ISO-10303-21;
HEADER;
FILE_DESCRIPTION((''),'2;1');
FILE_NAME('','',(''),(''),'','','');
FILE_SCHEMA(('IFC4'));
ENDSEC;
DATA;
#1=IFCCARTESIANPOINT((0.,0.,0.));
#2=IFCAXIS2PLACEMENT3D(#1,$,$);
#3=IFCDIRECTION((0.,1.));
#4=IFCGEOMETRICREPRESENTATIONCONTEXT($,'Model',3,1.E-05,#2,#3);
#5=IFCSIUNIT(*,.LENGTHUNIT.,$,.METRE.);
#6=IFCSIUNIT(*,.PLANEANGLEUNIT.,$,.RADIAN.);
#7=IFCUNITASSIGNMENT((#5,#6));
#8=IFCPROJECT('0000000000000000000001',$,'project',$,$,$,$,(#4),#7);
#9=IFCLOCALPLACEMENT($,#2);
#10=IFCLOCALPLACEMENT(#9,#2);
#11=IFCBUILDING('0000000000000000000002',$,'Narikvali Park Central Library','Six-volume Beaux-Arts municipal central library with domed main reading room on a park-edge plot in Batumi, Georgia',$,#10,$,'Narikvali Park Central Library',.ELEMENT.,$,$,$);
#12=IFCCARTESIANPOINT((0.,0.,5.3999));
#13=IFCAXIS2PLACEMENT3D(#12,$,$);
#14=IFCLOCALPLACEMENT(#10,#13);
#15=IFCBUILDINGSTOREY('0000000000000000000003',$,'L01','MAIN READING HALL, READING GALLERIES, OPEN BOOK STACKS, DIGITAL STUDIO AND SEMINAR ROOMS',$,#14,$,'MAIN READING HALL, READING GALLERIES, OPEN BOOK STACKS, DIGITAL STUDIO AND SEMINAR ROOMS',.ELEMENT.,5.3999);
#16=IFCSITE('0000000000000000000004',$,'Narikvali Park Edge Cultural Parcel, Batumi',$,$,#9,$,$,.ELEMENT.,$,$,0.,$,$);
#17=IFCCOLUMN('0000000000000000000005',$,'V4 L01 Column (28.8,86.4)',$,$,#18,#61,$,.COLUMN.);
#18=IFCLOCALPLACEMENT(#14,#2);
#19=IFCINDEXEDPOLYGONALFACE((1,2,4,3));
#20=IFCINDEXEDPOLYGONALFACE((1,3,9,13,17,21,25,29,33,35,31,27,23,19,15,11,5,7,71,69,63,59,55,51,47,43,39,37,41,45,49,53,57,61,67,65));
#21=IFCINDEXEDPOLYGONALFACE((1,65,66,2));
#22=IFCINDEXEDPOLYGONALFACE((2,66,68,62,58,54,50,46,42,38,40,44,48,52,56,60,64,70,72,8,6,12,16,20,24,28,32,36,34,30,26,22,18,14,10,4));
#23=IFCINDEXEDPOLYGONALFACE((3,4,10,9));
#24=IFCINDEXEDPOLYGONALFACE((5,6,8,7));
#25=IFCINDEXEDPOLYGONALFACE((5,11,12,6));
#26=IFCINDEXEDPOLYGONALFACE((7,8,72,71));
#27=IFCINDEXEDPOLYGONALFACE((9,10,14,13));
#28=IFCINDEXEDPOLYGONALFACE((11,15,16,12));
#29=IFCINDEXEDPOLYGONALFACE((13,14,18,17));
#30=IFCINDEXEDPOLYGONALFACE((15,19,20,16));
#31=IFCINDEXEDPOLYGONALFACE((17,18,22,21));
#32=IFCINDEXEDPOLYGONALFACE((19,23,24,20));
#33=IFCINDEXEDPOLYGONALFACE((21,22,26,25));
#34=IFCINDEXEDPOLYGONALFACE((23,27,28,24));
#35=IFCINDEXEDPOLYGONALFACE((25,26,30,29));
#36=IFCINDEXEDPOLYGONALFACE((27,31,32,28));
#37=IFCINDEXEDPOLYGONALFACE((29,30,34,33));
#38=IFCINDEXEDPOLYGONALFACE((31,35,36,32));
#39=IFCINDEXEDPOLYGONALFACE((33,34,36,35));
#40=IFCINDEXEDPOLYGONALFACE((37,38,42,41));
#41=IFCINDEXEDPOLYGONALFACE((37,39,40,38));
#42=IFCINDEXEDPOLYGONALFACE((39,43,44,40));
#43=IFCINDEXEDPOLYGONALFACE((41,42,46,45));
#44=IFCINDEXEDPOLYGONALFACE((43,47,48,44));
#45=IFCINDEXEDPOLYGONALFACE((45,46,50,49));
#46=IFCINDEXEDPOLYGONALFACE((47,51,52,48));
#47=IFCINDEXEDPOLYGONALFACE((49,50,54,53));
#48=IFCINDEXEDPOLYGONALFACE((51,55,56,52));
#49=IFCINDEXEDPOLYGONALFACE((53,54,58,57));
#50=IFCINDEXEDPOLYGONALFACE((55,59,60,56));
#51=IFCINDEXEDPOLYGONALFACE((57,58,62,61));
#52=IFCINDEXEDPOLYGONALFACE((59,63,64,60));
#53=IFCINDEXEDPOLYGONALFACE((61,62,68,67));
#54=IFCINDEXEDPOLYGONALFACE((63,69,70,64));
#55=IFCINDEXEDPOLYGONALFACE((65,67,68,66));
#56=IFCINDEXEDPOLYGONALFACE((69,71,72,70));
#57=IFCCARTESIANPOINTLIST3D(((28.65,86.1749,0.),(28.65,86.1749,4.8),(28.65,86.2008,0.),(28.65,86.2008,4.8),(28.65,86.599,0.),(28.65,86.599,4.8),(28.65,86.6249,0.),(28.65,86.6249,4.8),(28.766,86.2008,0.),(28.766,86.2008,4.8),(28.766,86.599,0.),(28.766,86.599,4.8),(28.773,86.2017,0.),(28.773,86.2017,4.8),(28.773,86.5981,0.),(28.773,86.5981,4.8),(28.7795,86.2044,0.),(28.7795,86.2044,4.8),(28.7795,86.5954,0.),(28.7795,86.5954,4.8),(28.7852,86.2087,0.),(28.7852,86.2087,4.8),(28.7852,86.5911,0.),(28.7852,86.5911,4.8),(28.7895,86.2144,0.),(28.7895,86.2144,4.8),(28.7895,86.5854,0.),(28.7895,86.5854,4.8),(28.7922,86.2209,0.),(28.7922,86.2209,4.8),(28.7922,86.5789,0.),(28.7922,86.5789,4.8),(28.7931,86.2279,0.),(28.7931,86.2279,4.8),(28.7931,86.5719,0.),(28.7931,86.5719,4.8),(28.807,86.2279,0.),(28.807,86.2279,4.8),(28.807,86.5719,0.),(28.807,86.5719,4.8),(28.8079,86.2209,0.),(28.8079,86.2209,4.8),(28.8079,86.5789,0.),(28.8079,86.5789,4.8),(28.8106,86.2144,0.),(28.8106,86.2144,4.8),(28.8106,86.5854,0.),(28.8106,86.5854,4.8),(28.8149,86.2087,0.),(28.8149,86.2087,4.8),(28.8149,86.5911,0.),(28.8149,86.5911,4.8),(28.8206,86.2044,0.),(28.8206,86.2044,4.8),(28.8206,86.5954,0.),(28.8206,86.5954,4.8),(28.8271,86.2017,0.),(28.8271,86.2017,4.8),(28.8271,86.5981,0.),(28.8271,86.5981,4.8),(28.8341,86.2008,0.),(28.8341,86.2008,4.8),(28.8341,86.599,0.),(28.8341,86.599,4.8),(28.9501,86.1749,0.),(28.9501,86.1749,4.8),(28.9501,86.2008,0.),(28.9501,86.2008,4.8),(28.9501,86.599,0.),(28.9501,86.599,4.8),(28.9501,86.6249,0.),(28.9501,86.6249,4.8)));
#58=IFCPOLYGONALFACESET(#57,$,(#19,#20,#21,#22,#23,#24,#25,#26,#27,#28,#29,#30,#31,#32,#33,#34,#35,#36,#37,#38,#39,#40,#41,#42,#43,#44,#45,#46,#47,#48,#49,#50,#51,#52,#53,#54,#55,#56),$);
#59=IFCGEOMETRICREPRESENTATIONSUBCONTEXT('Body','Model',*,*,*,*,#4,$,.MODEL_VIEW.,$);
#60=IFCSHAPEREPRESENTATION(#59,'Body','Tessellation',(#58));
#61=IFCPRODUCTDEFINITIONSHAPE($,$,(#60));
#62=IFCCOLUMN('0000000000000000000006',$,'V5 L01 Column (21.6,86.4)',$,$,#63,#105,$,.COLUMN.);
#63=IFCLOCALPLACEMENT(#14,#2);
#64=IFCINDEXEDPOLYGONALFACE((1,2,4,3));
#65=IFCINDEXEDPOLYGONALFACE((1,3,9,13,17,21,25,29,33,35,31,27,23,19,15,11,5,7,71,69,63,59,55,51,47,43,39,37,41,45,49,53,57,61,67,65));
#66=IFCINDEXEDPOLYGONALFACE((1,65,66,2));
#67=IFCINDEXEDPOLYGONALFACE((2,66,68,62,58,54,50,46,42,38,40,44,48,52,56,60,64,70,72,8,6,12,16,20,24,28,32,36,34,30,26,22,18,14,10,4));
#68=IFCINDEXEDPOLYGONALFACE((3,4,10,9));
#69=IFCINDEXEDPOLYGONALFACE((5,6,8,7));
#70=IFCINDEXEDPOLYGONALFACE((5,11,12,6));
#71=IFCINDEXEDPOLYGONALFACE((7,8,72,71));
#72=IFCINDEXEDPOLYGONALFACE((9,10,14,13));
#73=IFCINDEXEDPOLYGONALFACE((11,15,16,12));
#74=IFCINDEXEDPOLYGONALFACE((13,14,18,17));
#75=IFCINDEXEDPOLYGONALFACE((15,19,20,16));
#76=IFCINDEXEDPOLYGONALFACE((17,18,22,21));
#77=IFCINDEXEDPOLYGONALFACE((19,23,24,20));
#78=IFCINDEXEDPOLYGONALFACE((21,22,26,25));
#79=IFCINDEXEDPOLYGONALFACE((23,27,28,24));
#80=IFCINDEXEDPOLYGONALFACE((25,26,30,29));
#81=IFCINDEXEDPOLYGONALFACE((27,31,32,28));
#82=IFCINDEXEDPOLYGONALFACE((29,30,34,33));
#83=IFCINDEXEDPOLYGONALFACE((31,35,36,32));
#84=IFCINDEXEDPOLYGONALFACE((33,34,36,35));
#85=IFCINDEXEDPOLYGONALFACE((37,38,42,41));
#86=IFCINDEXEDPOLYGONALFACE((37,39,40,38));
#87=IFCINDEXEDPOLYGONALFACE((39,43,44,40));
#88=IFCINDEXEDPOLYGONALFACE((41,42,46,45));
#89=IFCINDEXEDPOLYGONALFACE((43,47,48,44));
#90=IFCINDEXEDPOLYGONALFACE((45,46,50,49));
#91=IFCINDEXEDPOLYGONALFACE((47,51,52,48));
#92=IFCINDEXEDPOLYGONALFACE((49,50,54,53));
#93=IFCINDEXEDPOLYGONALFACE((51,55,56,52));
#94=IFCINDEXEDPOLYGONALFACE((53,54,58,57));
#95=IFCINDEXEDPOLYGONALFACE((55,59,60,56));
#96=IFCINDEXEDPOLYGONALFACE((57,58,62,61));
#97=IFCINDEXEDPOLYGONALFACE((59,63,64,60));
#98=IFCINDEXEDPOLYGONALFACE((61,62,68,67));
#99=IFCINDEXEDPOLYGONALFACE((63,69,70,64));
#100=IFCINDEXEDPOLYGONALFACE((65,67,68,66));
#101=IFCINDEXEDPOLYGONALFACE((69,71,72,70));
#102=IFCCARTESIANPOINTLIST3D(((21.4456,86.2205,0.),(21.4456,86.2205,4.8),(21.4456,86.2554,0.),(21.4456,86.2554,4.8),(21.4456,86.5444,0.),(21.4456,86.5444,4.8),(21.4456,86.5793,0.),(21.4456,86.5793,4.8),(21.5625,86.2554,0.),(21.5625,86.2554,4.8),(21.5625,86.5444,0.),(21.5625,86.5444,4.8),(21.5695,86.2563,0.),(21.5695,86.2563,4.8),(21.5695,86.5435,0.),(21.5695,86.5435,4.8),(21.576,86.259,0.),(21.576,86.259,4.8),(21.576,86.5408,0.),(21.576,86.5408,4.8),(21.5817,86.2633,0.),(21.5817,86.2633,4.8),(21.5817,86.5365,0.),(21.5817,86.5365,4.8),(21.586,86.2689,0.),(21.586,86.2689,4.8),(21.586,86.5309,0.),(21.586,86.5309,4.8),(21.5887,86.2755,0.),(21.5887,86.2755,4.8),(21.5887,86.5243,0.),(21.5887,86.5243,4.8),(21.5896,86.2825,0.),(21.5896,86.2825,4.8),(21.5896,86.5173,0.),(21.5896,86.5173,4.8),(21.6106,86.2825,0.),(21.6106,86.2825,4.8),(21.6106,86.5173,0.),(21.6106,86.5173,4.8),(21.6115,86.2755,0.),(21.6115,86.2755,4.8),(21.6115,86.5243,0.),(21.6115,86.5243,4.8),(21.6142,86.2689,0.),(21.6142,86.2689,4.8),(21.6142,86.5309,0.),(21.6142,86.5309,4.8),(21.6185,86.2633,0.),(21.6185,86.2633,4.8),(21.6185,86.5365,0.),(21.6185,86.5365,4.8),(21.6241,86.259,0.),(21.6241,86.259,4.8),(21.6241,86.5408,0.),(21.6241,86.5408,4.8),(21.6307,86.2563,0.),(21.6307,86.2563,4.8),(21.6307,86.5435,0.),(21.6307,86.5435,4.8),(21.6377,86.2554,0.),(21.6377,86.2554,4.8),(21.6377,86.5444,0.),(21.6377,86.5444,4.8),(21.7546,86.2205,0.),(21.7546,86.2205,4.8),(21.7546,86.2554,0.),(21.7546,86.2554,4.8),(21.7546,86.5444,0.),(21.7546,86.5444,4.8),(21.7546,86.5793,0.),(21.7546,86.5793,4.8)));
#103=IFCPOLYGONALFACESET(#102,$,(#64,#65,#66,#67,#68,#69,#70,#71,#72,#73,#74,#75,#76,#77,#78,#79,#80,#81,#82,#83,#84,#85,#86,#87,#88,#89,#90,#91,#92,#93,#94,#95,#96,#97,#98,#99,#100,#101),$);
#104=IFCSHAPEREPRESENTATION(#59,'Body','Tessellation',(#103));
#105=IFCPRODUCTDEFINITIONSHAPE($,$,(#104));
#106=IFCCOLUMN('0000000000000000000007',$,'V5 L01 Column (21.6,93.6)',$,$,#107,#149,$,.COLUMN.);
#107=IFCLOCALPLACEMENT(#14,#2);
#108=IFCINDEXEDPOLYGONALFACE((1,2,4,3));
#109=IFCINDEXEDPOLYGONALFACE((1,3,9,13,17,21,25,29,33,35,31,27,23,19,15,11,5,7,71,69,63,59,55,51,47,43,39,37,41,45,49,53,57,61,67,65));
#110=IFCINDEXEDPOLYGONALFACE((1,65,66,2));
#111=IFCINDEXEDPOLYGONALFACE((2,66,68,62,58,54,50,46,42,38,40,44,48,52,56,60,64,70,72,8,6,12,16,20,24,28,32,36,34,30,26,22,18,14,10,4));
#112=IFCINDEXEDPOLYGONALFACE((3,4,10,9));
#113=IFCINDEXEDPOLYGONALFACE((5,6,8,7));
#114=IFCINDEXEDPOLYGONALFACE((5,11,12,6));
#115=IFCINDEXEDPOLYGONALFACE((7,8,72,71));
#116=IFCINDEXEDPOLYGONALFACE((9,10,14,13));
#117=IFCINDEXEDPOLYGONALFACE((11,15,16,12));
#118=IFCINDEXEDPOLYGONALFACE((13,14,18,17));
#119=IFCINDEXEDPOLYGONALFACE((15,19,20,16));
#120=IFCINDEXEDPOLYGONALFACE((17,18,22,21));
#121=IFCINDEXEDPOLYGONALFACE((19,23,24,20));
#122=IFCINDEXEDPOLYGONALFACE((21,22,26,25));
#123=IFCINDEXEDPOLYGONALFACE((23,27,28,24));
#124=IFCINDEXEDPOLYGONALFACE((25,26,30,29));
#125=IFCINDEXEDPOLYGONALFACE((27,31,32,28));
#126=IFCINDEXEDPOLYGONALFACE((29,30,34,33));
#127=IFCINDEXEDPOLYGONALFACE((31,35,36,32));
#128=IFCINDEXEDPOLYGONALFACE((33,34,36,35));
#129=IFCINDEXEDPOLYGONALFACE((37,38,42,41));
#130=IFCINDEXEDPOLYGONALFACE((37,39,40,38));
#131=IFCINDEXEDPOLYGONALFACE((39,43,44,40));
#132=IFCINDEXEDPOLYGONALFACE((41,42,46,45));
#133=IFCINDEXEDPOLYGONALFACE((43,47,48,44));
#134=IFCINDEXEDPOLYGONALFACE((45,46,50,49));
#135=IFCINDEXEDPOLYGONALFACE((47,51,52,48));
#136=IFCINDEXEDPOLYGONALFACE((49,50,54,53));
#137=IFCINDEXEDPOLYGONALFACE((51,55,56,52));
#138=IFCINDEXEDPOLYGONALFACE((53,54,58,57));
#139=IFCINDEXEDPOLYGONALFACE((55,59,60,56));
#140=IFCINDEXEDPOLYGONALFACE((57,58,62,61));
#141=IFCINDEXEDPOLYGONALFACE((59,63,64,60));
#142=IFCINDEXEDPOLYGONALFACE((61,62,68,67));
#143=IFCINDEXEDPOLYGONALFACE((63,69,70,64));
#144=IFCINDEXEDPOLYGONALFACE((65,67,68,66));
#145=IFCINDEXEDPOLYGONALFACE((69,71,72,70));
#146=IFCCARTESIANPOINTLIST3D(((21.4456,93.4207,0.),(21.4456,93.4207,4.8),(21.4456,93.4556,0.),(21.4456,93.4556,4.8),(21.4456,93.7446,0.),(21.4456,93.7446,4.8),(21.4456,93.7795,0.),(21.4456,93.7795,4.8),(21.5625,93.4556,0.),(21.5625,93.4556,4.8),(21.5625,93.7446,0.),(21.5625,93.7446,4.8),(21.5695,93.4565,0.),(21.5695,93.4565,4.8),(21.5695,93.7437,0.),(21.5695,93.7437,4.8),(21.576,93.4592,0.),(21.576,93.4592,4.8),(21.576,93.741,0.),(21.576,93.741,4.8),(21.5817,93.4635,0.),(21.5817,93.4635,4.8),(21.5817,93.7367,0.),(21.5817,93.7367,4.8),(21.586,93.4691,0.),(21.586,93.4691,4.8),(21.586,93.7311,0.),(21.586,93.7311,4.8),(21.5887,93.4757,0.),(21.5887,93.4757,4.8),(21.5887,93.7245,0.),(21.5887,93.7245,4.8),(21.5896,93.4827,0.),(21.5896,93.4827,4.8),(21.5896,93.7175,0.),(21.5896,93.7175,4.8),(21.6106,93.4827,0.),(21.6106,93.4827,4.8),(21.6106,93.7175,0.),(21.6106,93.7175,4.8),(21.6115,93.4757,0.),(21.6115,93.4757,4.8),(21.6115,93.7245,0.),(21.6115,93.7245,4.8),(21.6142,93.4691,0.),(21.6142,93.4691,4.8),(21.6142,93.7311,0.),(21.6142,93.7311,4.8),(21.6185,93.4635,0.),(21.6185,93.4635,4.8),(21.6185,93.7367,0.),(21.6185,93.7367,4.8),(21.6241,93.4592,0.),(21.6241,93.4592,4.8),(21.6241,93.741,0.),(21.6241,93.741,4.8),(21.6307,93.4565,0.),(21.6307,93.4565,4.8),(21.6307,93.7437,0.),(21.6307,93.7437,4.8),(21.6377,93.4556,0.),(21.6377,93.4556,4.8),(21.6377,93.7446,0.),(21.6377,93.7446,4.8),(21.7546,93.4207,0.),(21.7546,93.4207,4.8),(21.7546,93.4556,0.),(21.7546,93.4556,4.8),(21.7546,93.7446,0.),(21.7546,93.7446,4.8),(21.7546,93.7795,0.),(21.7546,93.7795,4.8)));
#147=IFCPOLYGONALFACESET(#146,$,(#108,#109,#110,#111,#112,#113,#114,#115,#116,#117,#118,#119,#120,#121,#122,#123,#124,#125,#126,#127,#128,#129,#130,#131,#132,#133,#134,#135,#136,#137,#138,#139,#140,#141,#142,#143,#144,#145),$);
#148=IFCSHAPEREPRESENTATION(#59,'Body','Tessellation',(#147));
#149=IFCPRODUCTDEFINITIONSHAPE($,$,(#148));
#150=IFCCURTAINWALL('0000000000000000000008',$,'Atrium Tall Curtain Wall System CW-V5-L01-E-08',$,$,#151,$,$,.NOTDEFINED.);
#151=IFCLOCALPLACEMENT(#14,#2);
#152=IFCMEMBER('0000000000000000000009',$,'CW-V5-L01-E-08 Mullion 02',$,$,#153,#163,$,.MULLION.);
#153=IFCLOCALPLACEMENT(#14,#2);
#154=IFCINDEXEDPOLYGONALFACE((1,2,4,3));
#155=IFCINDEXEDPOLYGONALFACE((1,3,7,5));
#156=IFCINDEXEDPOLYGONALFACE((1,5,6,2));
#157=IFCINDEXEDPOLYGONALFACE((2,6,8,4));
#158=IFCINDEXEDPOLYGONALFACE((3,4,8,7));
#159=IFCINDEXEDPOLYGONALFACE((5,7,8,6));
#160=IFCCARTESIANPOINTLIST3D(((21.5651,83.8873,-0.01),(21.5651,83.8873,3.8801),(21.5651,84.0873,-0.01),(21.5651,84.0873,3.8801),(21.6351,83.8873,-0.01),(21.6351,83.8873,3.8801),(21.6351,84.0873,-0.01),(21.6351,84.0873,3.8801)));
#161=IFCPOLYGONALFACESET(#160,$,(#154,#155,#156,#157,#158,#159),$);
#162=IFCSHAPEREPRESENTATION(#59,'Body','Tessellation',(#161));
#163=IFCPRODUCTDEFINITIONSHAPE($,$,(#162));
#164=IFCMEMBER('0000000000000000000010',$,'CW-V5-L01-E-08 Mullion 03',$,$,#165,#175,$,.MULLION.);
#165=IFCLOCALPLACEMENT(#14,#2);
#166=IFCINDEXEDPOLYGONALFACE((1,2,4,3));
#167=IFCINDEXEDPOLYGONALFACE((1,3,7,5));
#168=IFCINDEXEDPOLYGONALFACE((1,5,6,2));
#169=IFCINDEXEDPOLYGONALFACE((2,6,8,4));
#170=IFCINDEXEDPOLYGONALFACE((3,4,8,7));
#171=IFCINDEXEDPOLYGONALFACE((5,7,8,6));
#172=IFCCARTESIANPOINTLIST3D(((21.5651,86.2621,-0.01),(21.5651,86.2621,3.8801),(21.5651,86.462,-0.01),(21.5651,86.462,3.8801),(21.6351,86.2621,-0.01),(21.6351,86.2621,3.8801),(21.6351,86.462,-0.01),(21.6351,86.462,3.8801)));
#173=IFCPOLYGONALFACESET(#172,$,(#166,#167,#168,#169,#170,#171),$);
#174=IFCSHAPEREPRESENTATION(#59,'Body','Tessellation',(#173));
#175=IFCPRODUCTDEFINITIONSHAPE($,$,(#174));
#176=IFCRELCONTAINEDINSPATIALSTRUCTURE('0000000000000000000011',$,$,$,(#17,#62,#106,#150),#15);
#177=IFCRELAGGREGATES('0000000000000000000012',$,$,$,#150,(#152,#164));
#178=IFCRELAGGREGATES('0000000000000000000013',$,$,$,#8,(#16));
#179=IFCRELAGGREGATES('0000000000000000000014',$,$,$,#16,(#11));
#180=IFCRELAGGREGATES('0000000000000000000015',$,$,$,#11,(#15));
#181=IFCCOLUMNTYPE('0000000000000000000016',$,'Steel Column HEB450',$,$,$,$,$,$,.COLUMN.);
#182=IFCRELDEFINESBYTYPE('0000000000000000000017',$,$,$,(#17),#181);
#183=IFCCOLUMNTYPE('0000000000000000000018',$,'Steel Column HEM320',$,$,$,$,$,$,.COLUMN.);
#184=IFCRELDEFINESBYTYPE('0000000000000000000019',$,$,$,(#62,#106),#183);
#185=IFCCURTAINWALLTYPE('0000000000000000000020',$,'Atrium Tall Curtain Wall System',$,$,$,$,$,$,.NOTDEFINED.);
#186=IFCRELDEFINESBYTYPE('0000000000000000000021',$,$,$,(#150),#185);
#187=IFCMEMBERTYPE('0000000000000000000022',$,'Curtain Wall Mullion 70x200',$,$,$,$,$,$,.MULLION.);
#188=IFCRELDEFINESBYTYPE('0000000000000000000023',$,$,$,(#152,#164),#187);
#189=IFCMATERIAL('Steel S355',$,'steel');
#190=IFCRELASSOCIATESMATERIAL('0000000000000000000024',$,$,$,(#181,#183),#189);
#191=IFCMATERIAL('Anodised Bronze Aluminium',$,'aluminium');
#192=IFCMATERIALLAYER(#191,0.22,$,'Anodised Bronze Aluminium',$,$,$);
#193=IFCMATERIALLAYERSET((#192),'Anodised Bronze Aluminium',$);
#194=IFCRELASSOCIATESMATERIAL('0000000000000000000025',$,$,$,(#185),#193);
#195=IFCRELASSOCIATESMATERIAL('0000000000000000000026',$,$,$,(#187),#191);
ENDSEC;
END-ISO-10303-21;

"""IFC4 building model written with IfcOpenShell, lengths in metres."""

from ifc_helpers import new_model, si_unit, direction, frame, origin, origin_2d, place, context, subcontext, project, spatial, rectangle, i_section, extrude, material, layer, layer_set, material_profile, profile_set, type_object, element, aggregate, save


model = new_model("IFC4")

# Units and contexts
model_context = context("Model", 3, precision=1e-05, world=origin(), true_north=direction((0.0, 1.0)))
body_context = subcontext(model_context, "Body", "Model", "MODEL_VIEW")
ifc_project = project(units=[si_unit("LENGTHUNIT", "METRE"), si_unit("PLANEANGLEUNIT", "RADIAN")], contexts=[model_context])

# Site, building, storey
site_placement = place(None, origin())
site = spatial("IfcSite", under=ifc_project, at=site_placement, Name="Narikvali Park Edge Cultural Parcel, Batumi", CompositionType="ELEMENT", RefElevation=0.0)
building_placement = place(site_placement, origin())
building = spatial("IfcBuilding", under=site, at=building_placement, Name="Narikvali Park Central Library", Description="Six-volume Beaux-Arts municipal central library with domed main reading room on a park-edge plot in Batumi, Georgia", LongName="Narikvali Park Central Library", CompositionType="ELEMENT")
storey_placement = place(building_placement, frame((0.0, 0.0, 5.3999)))
storey = spatial("IfcBuildingStorey", under=building, at=storey_placement, Name="L01", Description="MAIN READING HALL, READING GALLERIES, OPEN BOOK STACKS, DIGITAL STUDIO AND SEMINAR ROOMS", LongName="MAIN READING HALL, READING GALLERIES, OPEN BOOK STACKS, DIGITAL STUDIO AND SEMINAR ROOMS", CompositionType="ELEMENT", Elevation=5.3999)

# Columns
ifc_material_1 = material(Name="Steel S355", Category="steel")
ifc_material_profile_1 = material_profile(ifc_material_1, i_section(OverallWidth=0.3, OverallDepth=0.45, WebThickness=0.0139, FlangeThickness=0.0259, FilletRadius=0.0271, at=origin_2d()), Name="HEB 450")
ifc_profile_set_1 = profile_set([ifc_material_profile_1], Name="Steel S355")
column_type_1 = type_object("IfcColumnType", Name="Steel Column HEB450", PredefinedType="COLUMN", material=ifc_profile_set_1)
column_placement = place(storey_placement, frame((28.8, 86.3999, 0.0), z_axis=(0.0, 0.0, 1.0), x_axis=(1.0, 0.0, 0.0)))
element("IfcColumn", 1, at=column_placement, inside=storey, type_object=column_type_1, Name="V4 L01 Column (28.8,86.4)", PredefinedType="COLUMN", context=body_context, shape_type="SweptSolid", body=[
    extrude(i_section(OverallWidth=0.3, OverallDepth=0.45, WebThickness=0.0139, FlangeThickness=0.0259, FilletRadius=0.0271, at=origin_2d()), origin(), (0.0, 0.0, 1.0), 4.8),
])
ifc_material_profile_2 = material_profile(ifc_material_1, i_section(OverallWidth=0.3091, OverallDepth=0.3589, WebThickness=0.021, FlangeThickness=0.0349, FilletRadius=0.0271, at=origin_2d()), Name="HEM 320")
ifc_profile_set_2 = profile_set([ifc_material_profile_2], Name="Steel S355")
column_type_2 = type_object("IfcColumnType", Name="Steel Column HEM320", PredefinedType="COLUMN", material=ifc_profile_set_2)
for number, where, z_axis, x_axis, name in (
    (2, (21.6001, 86.3999, 0.0), (0.0, 0.0, 1.0), (1.0, 0.0, 0.0), "V5 L01 Column (21.6,86.4)"),
    (3, (21.6001, 93.6001, 0.0), (0.0, 0.0, 1.0), (1.0, 0.0, 0.0), "V5 L01 Column (21.6,93.6)"),
):
    element("IfcColumn", number, at=place(storey_placement, frame(where, z_axis=z_axis, x_axis=x_axis)), inside=storey, type_object=column_type_2, Name=name, PredefinedType="COLUMN", context=body_context, shape_type="SweptSolid", body=[
        extrude(i_section(OverallWidth=0.3091, OverallDepth=0.3589, WebThickness=0.021, FlangeThickness=0.0349, FilletRadius=0.0271, at=origin_2d()), origin(), (0.0, 0.0, 1.0), 4.8),
    ])

# Curtain wall, members
ifc_material_2 = material(Name="Anodised Bronze Aluminium", Category="aluminium")
ifc_layer_1 = layer(ifc_material_2, 0.22, Name="Anodised Bronze Aluminium")
ifc_layer_set_1 = layer_set([ifc_layer_1], Name="Anodised Bronze Aluminium")
curtain_wall_type = type_object("IfcCurtainWallType", Name="Atrium Tall Curtain Wall System", PredefinedType="NOTDEFINED", material=ifc_layer_set_1)
curtain_wall_placement = place(storey_placement, origin())
curtain_wall = element("IfcCurtainWall", 4, at=curtain_wall_placement, inside=storey, type_object=curtain_wall_type, Name="Atrium Tall Curtain Wall System CW-V5-L01-E-08", PredefinedType="NOTDEFINED")
ifc_material_profile_3 = material_profile(ifc_material_2, rectangle(XDim=0.0701, YDim=0.2, at=origin_2d()), Name="CW MULLION 70x200")
ifc_profile_set_3 = profile_set([ifc_material_profile_3], Name="Anodised Bronze Aluminium")
member_type = type_object("IfcMemberType", Name="Curtain Wall Mullion 70x200", PredefinedType="MULLION", material=ifc_profile_set_3)
member_1_placement = place(storey_placement, frame((21.6001, 83.9873, -0.01), z_axis=(0.0, 0.0, 1.0), x_axis=(1.0, 0.0, 0.0)))
member_1 = element("IfcMember", 5, at=member_1_placement, type_object=member_type, Name="CW-V5-L01-E-08 Mullion 02", PredefinedType="MULLION", context=body_context, shape_type="SweptSolid", body=[
    extrude(rectangle(XDim=0.0701, YDim=0.2, at=origin_2d()), origin(), (0.0, 0.0, 1.0), 3.8901),
])
member_2_placement = place(storey_placement, frame((21.6001, 86.3621, -0.01), z_axis=(0.0, 0.0, 1.0), x_axis=(1.0, 0.0, 0.0)))
member_2 = element("IfcMember", 6, at=member_2_placement, type_object=member_type, Name="CW-V5-L01-E-08 Mullion 03", PredefinedType="MULLION", context=body_context, shape_type="SweptSolid", body=[
    extrude(rectangle(XDim=0.0701, YDim=0.2, at=origin_2d()), origin(), (0.0, 0.0, 1.0), 3.8901),
])

aggregate(curtain_wall, [member_1, member_2])

save(model, "model.ifc")
